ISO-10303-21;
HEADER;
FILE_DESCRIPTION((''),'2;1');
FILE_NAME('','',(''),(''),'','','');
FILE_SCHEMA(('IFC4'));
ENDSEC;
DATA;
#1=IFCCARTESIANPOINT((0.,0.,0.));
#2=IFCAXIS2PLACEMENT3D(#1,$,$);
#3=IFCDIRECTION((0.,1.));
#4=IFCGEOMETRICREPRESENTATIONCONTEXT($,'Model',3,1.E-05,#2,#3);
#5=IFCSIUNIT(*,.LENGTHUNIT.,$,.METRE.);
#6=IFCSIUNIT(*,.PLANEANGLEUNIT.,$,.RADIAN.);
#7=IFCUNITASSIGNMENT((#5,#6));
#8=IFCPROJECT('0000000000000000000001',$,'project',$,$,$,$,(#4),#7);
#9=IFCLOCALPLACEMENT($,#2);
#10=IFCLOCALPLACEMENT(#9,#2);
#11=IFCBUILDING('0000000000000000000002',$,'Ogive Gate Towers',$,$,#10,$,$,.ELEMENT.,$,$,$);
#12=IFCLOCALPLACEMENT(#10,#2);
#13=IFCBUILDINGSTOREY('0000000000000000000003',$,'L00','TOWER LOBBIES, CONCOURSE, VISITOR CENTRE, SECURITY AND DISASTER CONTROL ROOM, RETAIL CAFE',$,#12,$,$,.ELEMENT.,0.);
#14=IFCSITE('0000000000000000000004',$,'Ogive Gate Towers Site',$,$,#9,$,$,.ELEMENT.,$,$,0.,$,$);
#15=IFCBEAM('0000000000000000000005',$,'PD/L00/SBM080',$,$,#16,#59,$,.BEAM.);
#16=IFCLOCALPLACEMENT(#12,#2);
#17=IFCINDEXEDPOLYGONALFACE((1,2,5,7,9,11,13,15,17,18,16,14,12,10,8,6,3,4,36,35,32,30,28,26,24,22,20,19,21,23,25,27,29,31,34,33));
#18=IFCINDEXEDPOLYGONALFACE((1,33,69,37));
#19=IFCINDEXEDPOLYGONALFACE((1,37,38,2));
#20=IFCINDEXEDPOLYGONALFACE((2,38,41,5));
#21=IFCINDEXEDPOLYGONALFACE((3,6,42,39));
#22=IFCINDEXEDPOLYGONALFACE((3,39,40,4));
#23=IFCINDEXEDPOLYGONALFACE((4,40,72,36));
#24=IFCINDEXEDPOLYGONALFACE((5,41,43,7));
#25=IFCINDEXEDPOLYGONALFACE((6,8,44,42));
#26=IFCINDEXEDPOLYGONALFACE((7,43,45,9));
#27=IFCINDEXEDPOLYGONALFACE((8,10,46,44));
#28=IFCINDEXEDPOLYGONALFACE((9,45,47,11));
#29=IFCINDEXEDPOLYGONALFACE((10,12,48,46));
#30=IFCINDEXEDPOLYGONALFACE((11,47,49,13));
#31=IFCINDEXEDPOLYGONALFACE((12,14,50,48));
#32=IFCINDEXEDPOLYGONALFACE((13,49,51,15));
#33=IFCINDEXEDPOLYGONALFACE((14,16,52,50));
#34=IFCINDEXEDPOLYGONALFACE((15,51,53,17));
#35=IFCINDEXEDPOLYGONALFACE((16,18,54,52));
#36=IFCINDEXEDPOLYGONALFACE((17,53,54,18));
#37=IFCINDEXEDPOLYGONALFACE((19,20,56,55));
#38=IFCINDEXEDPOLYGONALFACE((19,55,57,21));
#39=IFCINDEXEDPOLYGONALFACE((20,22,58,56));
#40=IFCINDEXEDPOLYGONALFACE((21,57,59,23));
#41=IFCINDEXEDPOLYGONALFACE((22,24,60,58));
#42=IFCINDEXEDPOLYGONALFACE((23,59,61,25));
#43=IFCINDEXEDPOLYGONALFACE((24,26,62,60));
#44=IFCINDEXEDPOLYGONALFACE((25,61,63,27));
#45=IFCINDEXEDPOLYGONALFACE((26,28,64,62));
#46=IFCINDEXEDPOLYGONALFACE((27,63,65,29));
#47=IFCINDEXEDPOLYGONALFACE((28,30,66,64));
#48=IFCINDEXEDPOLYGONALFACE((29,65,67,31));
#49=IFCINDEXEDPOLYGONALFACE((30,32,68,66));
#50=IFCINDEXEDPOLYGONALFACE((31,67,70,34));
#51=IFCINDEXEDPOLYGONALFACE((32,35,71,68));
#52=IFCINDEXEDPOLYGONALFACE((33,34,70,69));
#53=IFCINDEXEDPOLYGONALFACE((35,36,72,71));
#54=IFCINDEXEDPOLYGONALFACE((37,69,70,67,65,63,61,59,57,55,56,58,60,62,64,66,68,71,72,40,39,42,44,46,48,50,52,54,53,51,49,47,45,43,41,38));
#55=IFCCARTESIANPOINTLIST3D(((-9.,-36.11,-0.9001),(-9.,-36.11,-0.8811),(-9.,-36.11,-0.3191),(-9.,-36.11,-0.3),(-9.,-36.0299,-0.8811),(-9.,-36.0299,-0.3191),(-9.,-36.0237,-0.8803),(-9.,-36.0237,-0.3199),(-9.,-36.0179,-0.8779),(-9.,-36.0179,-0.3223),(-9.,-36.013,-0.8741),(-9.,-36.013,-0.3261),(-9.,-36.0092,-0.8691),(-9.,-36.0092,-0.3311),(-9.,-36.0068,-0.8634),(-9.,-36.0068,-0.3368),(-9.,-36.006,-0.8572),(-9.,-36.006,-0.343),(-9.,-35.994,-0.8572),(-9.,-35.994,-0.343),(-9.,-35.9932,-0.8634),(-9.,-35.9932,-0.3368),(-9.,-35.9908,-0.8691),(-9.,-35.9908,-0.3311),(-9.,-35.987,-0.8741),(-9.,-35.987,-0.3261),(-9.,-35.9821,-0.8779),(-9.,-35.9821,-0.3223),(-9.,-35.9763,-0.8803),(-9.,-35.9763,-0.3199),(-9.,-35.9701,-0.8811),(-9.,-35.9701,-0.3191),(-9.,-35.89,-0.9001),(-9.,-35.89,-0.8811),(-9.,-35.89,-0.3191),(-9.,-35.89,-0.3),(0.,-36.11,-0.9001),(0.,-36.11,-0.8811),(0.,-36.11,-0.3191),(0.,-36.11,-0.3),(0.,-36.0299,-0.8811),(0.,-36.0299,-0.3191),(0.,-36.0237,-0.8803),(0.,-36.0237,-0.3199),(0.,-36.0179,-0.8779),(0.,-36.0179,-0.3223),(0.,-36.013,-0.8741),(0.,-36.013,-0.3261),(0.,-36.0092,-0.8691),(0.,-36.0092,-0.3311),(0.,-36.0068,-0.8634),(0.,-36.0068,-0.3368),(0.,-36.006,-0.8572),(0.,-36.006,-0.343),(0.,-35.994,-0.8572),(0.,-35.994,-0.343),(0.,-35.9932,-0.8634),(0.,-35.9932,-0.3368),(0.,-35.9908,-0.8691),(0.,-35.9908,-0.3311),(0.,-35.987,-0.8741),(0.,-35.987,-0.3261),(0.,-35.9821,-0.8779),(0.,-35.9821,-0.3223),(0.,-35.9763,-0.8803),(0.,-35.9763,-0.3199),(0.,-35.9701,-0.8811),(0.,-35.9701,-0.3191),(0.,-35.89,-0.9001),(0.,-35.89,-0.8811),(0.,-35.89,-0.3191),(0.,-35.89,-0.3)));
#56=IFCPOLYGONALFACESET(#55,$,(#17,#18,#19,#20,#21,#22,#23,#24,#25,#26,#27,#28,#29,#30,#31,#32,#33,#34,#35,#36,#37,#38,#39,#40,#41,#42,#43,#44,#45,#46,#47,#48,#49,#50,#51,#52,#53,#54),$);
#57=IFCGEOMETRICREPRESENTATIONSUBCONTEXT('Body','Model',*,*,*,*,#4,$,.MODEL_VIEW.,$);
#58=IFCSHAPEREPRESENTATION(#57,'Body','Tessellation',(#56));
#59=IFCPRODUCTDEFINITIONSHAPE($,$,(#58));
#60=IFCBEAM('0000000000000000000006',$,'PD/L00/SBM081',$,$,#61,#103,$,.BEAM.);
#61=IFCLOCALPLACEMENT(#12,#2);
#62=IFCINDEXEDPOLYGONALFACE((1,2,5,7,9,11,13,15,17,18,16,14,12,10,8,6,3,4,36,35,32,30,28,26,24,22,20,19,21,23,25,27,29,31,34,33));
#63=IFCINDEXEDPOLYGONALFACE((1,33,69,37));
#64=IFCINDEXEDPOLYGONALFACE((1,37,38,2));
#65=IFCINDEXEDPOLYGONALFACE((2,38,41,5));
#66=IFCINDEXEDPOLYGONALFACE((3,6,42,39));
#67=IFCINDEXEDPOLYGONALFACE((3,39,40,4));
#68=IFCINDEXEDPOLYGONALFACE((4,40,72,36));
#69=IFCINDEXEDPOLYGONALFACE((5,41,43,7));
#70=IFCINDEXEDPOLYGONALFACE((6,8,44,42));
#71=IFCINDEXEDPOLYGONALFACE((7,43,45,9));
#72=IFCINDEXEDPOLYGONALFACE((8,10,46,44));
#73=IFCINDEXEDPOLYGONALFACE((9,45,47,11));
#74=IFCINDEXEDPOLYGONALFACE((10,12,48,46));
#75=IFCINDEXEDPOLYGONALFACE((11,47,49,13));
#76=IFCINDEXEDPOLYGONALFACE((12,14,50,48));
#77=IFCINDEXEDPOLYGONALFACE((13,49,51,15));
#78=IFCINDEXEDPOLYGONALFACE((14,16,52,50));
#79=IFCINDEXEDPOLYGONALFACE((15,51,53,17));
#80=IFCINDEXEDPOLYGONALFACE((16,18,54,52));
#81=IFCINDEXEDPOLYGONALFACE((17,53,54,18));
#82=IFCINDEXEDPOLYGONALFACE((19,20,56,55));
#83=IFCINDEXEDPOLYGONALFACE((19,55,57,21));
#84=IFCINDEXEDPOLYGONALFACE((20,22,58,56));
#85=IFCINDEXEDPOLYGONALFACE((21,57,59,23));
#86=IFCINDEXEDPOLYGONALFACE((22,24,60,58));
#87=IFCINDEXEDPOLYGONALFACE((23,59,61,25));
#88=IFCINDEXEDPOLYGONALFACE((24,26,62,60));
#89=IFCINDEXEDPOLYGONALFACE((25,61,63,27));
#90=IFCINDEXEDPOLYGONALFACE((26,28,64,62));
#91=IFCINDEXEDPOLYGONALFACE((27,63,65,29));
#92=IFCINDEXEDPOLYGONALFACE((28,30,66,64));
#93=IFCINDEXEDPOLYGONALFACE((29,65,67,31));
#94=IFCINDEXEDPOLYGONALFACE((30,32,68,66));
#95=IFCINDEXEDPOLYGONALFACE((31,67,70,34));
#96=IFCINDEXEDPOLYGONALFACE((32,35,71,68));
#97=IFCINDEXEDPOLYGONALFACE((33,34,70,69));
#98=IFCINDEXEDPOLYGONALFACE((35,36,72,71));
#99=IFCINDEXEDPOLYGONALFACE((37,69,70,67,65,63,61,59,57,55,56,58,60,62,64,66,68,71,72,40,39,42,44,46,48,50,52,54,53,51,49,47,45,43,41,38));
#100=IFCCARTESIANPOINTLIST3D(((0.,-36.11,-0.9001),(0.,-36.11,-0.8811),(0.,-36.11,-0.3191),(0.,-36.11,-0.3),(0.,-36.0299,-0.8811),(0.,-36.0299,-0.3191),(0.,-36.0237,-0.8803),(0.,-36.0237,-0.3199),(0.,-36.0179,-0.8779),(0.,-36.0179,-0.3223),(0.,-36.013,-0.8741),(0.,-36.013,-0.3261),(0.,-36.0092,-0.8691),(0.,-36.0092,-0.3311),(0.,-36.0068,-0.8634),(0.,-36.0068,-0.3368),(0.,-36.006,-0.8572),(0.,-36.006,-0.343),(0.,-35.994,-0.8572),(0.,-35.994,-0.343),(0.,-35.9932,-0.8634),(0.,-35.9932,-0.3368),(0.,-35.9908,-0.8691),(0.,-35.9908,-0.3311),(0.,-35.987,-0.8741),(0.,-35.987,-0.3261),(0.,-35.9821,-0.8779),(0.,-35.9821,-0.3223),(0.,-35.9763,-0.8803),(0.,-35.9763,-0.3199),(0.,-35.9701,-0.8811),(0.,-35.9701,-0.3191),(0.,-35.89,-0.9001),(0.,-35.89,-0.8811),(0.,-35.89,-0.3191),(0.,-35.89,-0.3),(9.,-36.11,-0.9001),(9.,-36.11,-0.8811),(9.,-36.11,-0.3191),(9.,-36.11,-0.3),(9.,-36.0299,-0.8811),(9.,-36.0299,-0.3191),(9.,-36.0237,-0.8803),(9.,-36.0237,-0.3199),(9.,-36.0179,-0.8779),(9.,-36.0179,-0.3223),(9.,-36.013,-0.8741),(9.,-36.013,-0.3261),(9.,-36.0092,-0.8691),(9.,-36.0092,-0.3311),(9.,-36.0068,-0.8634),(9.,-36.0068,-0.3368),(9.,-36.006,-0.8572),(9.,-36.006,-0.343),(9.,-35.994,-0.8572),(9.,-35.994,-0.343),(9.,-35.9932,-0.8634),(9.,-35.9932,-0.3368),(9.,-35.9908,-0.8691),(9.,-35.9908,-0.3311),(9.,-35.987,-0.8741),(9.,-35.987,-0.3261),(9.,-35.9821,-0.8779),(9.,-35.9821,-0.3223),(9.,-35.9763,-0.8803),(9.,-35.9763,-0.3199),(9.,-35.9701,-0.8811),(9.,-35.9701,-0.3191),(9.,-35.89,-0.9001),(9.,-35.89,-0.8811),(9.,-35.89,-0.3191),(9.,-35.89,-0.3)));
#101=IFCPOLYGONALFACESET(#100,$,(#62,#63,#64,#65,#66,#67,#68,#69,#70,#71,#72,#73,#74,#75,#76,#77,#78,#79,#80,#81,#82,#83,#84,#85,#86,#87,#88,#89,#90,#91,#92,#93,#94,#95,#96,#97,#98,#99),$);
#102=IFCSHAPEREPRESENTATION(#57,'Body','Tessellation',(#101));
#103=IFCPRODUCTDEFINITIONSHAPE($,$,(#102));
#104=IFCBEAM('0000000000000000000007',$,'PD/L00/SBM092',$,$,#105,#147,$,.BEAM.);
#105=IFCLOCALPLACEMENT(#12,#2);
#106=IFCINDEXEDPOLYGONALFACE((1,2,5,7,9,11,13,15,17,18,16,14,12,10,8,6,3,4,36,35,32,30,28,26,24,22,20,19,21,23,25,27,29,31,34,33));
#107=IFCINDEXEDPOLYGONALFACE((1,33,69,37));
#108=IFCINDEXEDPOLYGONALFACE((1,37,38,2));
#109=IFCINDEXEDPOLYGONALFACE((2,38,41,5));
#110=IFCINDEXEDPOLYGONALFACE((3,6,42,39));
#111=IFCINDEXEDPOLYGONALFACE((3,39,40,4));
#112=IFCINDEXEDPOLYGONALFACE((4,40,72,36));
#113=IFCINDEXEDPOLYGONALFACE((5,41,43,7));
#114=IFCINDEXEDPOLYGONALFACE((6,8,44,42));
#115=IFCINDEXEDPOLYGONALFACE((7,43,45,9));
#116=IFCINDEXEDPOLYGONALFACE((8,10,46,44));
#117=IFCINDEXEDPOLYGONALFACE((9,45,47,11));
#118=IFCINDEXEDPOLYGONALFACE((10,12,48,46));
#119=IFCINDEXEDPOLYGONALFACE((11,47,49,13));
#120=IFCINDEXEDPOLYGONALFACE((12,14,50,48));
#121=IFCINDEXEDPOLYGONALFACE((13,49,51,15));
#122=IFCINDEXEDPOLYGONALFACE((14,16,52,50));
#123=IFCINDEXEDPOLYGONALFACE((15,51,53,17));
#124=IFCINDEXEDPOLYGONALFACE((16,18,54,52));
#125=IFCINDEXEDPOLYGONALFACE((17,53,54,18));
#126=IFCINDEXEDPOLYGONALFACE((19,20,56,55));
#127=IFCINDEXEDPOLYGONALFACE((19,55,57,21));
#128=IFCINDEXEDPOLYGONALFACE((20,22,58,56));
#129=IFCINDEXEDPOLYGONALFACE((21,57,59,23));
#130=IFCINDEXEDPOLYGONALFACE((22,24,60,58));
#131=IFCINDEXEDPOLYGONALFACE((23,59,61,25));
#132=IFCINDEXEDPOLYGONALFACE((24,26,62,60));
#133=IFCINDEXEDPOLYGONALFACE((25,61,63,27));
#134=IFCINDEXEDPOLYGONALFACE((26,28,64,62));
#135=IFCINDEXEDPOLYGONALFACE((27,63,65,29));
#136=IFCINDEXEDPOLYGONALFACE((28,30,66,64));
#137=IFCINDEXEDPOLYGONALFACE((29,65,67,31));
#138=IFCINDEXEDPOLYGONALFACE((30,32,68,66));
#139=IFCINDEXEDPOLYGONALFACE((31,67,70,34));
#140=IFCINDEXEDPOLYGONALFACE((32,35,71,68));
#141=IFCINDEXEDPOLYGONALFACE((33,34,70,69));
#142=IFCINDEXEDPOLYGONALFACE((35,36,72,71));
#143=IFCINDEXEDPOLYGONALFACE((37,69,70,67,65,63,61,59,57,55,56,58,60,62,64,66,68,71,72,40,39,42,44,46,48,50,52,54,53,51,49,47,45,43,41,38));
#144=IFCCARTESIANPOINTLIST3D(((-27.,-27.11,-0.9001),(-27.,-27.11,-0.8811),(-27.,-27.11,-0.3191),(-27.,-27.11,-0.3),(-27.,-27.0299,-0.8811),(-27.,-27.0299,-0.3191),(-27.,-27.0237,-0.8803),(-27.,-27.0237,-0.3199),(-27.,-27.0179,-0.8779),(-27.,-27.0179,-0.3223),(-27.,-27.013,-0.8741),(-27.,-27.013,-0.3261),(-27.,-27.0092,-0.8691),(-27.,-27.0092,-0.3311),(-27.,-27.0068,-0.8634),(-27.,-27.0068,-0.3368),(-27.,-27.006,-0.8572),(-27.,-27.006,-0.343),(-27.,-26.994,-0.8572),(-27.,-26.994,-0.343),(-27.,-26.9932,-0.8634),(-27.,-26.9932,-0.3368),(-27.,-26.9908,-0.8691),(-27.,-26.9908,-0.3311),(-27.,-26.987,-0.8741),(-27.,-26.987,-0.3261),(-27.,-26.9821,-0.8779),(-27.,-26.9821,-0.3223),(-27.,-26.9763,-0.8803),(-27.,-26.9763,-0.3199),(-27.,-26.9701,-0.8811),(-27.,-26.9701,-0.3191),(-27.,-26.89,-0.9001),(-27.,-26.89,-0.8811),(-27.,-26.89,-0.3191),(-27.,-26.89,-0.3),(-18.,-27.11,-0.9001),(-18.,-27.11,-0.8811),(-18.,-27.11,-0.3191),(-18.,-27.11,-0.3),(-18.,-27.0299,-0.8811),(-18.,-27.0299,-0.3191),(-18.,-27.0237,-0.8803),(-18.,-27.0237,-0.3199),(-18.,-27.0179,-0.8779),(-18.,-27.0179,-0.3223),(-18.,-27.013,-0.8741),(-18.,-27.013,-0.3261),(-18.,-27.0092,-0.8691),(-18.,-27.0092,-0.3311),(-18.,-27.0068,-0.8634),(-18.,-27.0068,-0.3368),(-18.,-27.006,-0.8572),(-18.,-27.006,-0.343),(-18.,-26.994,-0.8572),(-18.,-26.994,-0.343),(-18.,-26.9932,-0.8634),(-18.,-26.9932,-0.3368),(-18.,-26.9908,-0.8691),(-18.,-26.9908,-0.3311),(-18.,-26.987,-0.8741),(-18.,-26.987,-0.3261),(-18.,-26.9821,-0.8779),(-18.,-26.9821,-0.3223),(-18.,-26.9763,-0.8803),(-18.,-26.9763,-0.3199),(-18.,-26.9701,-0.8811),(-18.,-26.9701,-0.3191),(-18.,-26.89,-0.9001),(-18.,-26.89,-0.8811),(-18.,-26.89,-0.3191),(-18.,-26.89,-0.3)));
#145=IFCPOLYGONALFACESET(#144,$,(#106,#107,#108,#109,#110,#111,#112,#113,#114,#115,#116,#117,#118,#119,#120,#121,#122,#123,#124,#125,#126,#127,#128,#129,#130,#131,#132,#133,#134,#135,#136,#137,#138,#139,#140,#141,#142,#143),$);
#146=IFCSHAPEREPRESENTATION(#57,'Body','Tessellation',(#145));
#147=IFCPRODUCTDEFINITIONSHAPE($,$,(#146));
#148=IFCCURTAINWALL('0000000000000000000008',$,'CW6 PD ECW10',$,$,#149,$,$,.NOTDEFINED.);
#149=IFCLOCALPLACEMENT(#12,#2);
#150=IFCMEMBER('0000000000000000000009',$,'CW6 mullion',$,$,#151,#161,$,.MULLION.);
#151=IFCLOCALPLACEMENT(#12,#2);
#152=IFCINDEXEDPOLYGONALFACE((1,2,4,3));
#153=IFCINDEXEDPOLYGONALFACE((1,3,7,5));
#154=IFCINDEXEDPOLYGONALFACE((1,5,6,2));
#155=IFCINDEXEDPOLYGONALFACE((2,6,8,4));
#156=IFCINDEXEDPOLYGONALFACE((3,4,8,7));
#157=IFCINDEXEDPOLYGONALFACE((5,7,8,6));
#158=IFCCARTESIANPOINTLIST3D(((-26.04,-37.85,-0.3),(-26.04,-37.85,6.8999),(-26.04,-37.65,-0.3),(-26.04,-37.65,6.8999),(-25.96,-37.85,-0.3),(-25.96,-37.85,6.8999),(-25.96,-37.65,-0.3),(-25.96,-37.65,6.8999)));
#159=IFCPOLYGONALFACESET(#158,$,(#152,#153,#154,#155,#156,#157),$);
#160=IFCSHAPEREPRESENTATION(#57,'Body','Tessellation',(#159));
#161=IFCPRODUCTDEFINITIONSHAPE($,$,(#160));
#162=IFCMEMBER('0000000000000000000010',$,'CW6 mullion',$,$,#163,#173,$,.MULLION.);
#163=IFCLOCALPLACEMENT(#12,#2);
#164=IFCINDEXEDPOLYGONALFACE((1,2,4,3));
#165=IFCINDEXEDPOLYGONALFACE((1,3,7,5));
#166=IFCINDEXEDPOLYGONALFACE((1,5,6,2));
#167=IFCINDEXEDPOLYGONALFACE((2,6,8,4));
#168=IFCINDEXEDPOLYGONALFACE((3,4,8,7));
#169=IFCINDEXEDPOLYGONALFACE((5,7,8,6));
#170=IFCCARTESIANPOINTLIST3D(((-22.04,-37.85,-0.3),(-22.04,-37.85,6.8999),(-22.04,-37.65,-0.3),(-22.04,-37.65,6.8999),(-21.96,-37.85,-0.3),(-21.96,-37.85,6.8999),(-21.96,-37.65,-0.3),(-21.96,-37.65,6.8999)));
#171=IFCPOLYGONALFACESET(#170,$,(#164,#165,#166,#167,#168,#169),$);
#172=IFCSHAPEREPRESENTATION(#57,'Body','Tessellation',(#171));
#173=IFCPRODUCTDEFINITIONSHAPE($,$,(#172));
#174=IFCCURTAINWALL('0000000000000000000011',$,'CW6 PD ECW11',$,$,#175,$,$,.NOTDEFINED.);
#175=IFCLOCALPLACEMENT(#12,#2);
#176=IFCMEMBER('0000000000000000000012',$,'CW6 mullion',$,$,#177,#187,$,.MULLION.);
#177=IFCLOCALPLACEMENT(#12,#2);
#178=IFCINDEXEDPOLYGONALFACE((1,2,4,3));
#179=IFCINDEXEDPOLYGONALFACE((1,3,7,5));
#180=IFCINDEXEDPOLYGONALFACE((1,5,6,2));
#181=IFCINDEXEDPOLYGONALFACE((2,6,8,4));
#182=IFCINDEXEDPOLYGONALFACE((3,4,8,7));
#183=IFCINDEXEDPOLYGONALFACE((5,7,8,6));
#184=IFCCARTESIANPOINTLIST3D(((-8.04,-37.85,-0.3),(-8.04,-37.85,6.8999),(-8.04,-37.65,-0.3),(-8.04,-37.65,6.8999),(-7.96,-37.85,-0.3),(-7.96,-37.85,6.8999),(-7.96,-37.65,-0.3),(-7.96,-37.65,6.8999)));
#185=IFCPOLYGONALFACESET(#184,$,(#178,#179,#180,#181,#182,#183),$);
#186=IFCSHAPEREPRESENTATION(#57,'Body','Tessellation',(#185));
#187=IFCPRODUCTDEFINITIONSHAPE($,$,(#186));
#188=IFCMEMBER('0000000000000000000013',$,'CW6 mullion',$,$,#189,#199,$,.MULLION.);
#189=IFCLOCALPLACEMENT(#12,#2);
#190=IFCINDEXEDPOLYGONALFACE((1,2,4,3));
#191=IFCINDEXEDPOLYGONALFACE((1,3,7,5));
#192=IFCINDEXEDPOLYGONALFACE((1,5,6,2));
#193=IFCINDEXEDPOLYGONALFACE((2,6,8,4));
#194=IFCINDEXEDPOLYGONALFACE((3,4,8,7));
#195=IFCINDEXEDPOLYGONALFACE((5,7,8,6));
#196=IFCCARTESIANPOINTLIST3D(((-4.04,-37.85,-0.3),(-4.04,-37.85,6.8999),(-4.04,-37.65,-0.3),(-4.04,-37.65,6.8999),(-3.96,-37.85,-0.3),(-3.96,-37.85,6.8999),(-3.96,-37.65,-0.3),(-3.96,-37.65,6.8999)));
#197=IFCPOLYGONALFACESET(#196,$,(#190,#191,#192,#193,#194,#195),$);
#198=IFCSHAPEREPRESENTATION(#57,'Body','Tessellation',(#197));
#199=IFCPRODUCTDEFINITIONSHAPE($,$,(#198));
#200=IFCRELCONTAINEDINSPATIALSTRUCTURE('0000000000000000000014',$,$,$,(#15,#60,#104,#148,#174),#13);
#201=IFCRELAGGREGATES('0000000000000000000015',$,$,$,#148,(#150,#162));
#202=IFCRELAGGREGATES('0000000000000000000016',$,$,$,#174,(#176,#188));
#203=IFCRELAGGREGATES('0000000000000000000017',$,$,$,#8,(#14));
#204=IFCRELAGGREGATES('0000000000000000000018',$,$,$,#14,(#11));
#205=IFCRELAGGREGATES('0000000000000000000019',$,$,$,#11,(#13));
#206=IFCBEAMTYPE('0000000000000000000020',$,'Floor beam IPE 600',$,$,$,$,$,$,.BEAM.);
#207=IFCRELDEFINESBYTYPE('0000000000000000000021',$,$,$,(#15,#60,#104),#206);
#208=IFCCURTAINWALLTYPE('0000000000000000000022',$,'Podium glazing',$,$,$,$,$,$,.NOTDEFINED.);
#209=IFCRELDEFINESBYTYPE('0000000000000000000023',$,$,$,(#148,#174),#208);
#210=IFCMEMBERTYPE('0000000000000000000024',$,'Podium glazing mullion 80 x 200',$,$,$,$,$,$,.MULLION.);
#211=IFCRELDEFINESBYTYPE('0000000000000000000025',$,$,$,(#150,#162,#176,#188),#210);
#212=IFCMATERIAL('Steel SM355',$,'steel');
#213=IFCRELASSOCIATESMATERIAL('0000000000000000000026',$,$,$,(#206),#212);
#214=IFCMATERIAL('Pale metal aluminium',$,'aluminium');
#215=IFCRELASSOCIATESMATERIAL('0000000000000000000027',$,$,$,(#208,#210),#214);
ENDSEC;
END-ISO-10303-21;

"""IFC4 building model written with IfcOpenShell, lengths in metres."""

from ifc_helpers import new_model, si_unit, direction, frame, origin, origin_2d, place, context, subcontext, project, spatial, rectangle, i_section, extrude, material, material_profile, profile_set, type_object, element, aggregate, save


model = new_model("IFC4")

# Units and contexts
model_context = context("Model", 3, precision=1e-05, world=origin(), true_north=direction((0.0, 1.0)))
body_context = subcontext(model_context, "Body", "Model", "MODEL_VIEW")
ifc_project = project(units=[si_unit("LENGTHUNIT", "METRE"), si_unit("PLANEANGLEUNIT", "RADIAN")], contexts=[model_context])

# Site, building, storey
site_placement = place(None, origin())
site = spatial("IfcSite", under=ifc_project, at=site_placement, Name="Ogive Gate Towers Site", CompositionType="ELEMENT", RefElevation=0.0)
building_placement = place(site_placement, origin())
building = spatial("IfcBuilding", under=site, at=building_placement, Name="Ogive Gate Towers", CompositionType="ELEMENT")
storey_placement = place(building_placement, origin())
storey = spatial("IfcBuildingStorey", under=building, at=storey_placement, Name="L00", Description="TOWER LOBBIES, CONCOURSE, VISITOR CENTRE, SECURITY AND DISASTER CONTROL ROOM, RETAIL CAFE", CompositionType="ELEMENT", Elevation=0.0)

# Beams
ifc_material_1 = material(Name="Steel SM355", Category="steel")
ifc_material_profile_1 = material_profile(ifc_material_1, i_section(OverallWidth=0.22, OverallDepth=0.6001, WebThickness=0.012, FlangeThickness=0.019, FilletRadius=0.0239, at=origin_2d()), Name="IPE 600")
ifc_profile_set_1 = profile_set([ifc_material_profile_1], Name="Steel SM355")
beam_type = type_object("IfcBeamType", Name="Floor beam IPE 600", PredefinedType="BEAM", material=ifc_profile_set_1)
for number, where, z_axis, x_axis, name in (
    (1, (-9.0, -36.0, -0.6001), (1.0, 0.0, 0.0), (0.0, 1.0, 0.0), "PD/L00/SBM080"),
    (2, (0.0, -36.0, -0.6001), (1.0, 0.0, 0.0), (0.0, 1.0, 0.0), "PD/L00/SBM081"),
    (3, (-27.0, -27.0, -0.6001), (1.0, 0.0, 0.0), (0.0, 1.0, 0.0), "PD/L00/SBM092"),
):
    element("IfcBeam", number, at=place(storey_placement, frame(where, z_axis=z_axis, x_axis=x_axis)), inside=storey, type_object=beam_type, Name=name, PredefinedType="BEAM", context=body_context, shape_type="SweptSolid", body=[
        extrude(i_section(OverallWidth=0.22, OverallDepth=0.6001, WebThickness=0.012, FlangeThickness=0.019, FilletRadius=0.0239, at=origin_2d()), origin(), (0.0, 0.0, 1.0), 9.0),
    ])

# Curtain walls, members
ifc_material_2 = material(Name="Pale metal aluminium", Category="aluminium")
curtain_wall_type = type_object("IfcCurtainWallType", Name="Podium glazing", PredefinedType="NOTDEFINED", material=ifc_material_2)
curtain_wall_1_placement = place(storey_placement, origin())
curtain_wall_1 = element("IfcCurtainWall", 4, at=curtain_wall_1_placement, inside=storey, type_object=curtain_wall_type, Name="CW6 PD ECW10", PredefinedType="NOTDEFINED")
ifc_material_profile_2 = material_profile(ifc_material_2, rectangle(XDim=0.2, YDim=0.0801, at=origin_2d()), Name="80 x 200 aluminium box")
ifc_profile_set_2 = profile_set([ifc_material_profile_2], Name="Pale metal aluminium")
member_type_1 = type_object("IfcMemberType", Name="Podium glazing mullion 80 x 200", PredefinedType="MULLION", material=ifc_profile_set_2)
member_1_placement = place(storey_placement, frame((-26.0, -37.75, -0.3), z_axis=(0.0, 0.0, 1.0), x_axis=(0.0, -1.0, 0.0)))
member_1 = element("IfcMember", 5, at=member_1_placement, type_object=member_type_1, Name="CW6 mullion", PredefinedType="MULLION", context=body_context, shape_type="SweptSolid", body=[
    extrude(rectangle(XDim=0.2, YDim=0.0801, at=origin_2d()), origin(), (0.0, 0.0, 1.0), 7.2),
])
member_2_placement = place(storey_placement, frame((-22.0, -37.75, -0.3), z_axis=(0.0, 0.0, 1.0), x_axis=(0.0, -1.0, 0.0)))
member_2 = element("IfcMember", 6, at=member_2_placement, type_object=member_type_1, Name="CW6 mullion", PredefinedType="MULLION", context=body_context, shape_type="SweptSolid", body=[
    extrude(rectangle(XDim=0.2, YDim=0.0801, at=origin_2d()), origin(), (0.0, 0.0, 1.0), 7.2),
])
curtain_wall_2_placement = place(storey_placement, origin())
curtain_wall_2 = element("IfcCurtainWall", 7, at=curtain_wall_2_placement, inside=storey, type_object=curtain_wall_type, Name="CW6 PD ECW11", PredefinedType="NOTDEFINED")
member_3_placement = place(storey_placement, frame((-8.0, -37.75, -0.3), z_axis=(0.0, 0.0, 1.0), x_axis=(0.0, -1.0, 0.0)))
member_3 = element("IfcMember", 8, at=member_3_placement, type_object=member_type_1, Name="CW6 mullion", PredefinedType="MULLION", context=body_context, shape_type="SweptSolid", body=[
    extrude(rectangle(XDim=0.2, YDim=0.0801, at=origin_2d()), origin(), (0.0, 0.0, 1.0), 7.2),
])
member_4_placement = place(storey_placement, frame((-4.0, -37.75, -0.3), z_axis=(0.0, 0.0, 1.0), x_axis=(0.0, -1.0, 0.0)))
member_4 = element("IfcMember", 9, at=member_4_placement, type_object=member_type_1, Name="CW6 mullion", PredefinedType="MULLION", context=body_context, shape_type="SweptSolid", body=[
    extrude(rectangle(XDim=0.2, YDim=0.0801, at=origin_2d()), origin(), (0.0, 0.0, 1.0), 7.2),
])

aggregate(curtain_wall_1, [member_1, member_2])
aggregate(curtain_wall_2, [member_3, member_4])

save(model, "model.ifc")
